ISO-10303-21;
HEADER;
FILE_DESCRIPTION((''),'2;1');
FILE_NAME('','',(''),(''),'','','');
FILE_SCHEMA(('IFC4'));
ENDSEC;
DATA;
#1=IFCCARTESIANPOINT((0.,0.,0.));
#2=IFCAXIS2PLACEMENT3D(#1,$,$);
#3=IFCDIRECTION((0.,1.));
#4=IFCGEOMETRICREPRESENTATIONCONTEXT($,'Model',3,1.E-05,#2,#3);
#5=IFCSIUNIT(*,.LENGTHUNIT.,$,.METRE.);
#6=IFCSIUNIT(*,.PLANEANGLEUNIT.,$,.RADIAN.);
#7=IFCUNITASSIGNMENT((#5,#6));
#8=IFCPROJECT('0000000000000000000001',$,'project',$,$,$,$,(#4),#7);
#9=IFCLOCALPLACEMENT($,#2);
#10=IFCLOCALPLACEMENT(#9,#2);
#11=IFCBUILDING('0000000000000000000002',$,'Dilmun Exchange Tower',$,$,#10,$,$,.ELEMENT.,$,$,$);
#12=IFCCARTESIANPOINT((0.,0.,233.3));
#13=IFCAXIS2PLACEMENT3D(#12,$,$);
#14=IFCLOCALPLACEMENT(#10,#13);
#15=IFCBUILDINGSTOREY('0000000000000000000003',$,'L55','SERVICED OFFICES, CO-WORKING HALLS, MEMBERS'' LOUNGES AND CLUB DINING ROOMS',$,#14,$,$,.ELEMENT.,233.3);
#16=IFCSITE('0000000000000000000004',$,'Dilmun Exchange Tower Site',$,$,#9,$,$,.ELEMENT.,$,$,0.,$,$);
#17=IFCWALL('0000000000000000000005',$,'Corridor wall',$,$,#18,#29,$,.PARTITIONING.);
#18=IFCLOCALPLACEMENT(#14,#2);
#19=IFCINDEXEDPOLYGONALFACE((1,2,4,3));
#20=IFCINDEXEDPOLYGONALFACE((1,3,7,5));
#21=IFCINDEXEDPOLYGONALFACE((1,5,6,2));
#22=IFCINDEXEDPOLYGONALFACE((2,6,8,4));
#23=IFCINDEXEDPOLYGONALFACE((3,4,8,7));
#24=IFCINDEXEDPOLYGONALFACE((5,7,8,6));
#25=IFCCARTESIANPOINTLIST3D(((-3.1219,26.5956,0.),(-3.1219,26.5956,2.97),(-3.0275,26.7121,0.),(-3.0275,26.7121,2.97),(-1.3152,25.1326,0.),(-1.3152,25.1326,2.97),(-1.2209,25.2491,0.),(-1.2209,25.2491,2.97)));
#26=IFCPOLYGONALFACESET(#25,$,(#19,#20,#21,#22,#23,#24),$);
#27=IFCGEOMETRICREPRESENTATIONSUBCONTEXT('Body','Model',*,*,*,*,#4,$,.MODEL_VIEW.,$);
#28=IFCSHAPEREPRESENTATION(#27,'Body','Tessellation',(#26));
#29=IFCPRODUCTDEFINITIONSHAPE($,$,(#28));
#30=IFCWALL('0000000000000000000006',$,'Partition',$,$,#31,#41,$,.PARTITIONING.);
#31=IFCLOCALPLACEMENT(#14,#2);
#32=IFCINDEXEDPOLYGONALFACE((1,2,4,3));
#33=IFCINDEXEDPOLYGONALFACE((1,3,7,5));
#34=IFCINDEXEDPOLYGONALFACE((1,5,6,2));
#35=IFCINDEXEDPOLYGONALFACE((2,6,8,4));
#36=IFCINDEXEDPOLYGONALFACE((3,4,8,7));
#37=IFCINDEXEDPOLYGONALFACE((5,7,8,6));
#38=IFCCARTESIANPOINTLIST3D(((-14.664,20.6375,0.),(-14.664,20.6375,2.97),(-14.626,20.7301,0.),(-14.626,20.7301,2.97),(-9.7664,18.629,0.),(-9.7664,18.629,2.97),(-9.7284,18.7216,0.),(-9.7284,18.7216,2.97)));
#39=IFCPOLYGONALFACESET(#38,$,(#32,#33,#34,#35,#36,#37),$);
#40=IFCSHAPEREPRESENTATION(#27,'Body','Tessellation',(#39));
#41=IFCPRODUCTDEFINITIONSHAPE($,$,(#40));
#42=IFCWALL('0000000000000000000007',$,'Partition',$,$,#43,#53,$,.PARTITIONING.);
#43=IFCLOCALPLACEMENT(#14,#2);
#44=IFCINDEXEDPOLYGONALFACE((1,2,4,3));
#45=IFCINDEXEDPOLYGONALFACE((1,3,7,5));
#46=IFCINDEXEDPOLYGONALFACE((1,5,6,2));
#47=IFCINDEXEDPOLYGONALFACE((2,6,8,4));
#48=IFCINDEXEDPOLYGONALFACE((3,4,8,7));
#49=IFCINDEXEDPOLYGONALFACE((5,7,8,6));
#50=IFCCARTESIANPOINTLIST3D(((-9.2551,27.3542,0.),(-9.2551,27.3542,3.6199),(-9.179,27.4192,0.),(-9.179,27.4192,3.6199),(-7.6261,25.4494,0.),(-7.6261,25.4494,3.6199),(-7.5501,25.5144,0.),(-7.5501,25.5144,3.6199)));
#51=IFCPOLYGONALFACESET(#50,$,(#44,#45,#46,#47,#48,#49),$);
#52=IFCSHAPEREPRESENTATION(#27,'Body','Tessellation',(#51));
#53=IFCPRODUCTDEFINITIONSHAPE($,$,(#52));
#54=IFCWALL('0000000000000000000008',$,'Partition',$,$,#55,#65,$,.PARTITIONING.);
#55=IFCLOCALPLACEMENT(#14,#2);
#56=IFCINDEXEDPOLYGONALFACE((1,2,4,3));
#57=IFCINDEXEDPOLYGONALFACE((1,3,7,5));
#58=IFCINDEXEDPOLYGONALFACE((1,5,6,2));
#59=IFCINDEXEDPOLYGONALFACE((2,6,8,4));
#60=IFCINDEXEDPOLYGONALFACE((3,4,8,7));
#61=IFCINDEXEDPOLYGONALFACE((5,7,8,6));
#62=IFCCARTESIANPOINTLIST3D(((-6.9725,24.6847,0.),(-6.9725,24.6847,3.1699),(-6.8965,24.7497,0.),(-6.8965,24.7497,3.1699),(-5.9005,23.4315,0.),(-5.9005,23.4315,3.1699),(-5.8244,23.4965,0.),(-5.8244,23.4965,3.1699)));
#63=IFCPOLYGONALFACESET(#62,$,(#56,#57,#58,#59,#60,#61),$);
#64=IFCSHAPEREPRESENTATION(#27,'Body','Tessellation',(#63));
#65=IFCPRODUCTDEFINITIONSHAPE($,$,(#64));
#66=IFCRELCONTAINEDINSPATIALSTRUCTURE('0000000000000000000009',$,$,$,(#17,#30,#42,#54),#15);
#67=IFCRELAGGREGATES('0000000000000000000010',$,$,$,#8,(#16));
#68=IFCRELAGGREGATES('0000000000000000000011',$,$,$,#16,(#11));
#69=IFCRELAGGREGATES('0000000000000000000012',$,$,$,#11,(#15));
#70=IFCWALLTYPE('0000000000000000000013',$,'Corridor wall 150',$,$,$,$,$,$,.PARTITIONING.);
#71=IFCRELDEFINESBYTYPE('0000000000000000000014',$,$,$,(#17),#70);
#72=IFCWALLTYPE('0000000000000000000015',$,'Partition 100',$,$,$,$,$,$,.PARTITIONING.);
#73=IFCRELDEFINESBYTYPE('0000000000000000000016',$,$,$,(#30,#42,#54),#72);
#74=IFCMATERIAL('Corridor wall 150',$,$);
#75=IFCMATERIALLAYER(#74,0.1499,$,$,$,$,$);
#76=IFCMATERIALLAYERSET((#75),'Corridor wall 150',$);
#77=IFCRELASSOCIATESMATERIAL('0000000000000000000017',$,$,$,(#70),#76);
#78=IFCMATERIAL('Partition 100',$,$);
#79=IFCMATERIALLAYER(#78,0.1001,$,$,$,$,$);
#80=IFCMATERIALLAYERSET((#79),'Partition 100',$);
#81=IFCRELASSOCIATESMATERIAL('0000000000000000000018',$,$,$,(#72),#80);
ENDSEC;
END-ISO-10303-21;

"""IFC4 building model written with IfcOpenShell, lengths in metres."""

from ifc_helpers import new_model, si_unit, direction, frame, frame_2d, origin, place, context, subcontext, project, spatial, rectangle, extrude, material, layer, layer_set, type_object, element, save


model = new_model("IFC4")

# Units and contexts
model_context = context("Model", 3, precision=1e-05, world=origin(), true_north=direction((0.0, 1.0)))
body_context = subcontext(model_context, "Body", "Model", "MODEL_VIEW")
ifc_project = project(units=[si_unit("LENGTHUNIT", "METRE"), si_unit("PLANEANGLEUNIT", "RADIAN")], contexts=[model_context])

# Site, building, storey
site_placement = place(None, origin())
site = spatial("IfcSite", under=ifc_project, at=site_placement, Name="Dilmun Exchange Tower Site", CompositionType="ELEMENT", RefElevation=0.0)
building_placement = place(site_placement, origin())
building = spatial("IfcBuilding", under=site, at=building_placement, Name="Dilmun Exchange Tower", CompositionType="ELEMENT")
storey_placement = place(building_placement, frame((0.0, 0.0, 233.3)))
storey = spatial("IfcBuildingStorey", under=building, at=storey_placement, Name="L55", Description="SERVICED OFFICES, CO-WORKING HALLS, MEMBERS' LOUNGES AND CLUB DINING ROOMS", CompositionType="ELEMENT", Elevation=233.3)

# Shared definitions
ifc_material_1 = material(Name="Corridor wall 150")
ifc_layer_1 = layer(ifc_material_1, 0.1499)
ifc_layer_set_1 = layer_set([ifc_layer_1], Name="Corridor wall 150")
wall_type_1 = type_object("IfcWallType", Name="Corridor wall 150", PredefinedType="PARTITIONING", material=ifc_layer_set_1)

# Walls
wall_1_placement = place(storey_placement, frame((-3.0747, 26.6538, 0.0), z_axis=(0.0, 0.0, 1.0), x_axis=(0.777167, -0.629295, 0.0)))
element("IfcWall", 1, at=wall_1_placement, inside=storey, type_object=wall_type_1, Name="Corridor wall", PredefinedType="PARTITIONING", context=body_context, shape_type="SweptSolid", body=[
    extrude(rectangle(XDim=2.3247, YDim=0.1499, at=frame_2d((1.1624, 0.0))), origin(), (0.0, 0.0, 1.0), 2.97),
])
ifc_material_2 = material(Name="Partition 100")
ifc_layer_2 = layer(ifc_material_2, 0.1001)
ifc_layer_set_2 = layer_set([ifc_layer_2], Name="Partition 100")
wall_type_2 = type_object("IfcWallType", Name="Partition 100", PredefinedType="PARTITIONING", material=ifc_layer_set_2)
wall_2_placement = place(storey_placement, frame((-14.645, 20.6838, 0.0), z_axis=(0.0, 0.0, 1.0), x_axis=(0.92522, -0.379432, 0.0)))
element("IfcWall", 2, at=wall_2_placement, inside=storey, type_object=wall_type_2, Name="Partition", PredefinedType="PARTITIONING", context=body_context, shape_type="SweptSolid", body=[
    extrude(rectangle(XDim=5.2935, YDim=0.1001, at=frame_2d((2.6467, 0.0))), origin(), (0.0, 0.0, 1.0), 2.97),
])
wall_3_placement = place(storey_placement, frame((-9.217, 27.3867, 0.0), z_axis=(0.0, 0.0, 1.0), x_axis=(0.649925, -0.759999, 0.0)))
element("IfcWall", 3, at=wall_3_placement, inside=storey, type_object=wall_type_2, Name="Partition", PredefinedType="PARTITIONING", context=body_context, shape_type="SweptSolid", body=[
    extrude(rectangle(XDim=2.5063, YDim=0.1001, at=frame_2d((1.2532, 0.0))), origin(), (0.0, 0.0, 1.0), 3.6199),
])
wall_4_placement = place(storey_placement, frame((-6.9346, 24.7173, 0.0), z_axis=(0.0, 0.0, 1.0), x_axis=(0.650047, -0.759894, 0.0)))
element("IfcWall", 4, at=wall_4_placement, inside=storey, type_object=wall_type_2, Name="Partition", PredefinedType="PARTITIONING", context=body_context, shape_type="SweptSolid", body=[
    extrude(rectangle(XDim=1.6492, YDim=0.1001, at=frame_2d((0.8247, 0.0))), origin(), (0.0, 0.0, 1.0), 3.1699),
])

save(model, "model.ifc")
